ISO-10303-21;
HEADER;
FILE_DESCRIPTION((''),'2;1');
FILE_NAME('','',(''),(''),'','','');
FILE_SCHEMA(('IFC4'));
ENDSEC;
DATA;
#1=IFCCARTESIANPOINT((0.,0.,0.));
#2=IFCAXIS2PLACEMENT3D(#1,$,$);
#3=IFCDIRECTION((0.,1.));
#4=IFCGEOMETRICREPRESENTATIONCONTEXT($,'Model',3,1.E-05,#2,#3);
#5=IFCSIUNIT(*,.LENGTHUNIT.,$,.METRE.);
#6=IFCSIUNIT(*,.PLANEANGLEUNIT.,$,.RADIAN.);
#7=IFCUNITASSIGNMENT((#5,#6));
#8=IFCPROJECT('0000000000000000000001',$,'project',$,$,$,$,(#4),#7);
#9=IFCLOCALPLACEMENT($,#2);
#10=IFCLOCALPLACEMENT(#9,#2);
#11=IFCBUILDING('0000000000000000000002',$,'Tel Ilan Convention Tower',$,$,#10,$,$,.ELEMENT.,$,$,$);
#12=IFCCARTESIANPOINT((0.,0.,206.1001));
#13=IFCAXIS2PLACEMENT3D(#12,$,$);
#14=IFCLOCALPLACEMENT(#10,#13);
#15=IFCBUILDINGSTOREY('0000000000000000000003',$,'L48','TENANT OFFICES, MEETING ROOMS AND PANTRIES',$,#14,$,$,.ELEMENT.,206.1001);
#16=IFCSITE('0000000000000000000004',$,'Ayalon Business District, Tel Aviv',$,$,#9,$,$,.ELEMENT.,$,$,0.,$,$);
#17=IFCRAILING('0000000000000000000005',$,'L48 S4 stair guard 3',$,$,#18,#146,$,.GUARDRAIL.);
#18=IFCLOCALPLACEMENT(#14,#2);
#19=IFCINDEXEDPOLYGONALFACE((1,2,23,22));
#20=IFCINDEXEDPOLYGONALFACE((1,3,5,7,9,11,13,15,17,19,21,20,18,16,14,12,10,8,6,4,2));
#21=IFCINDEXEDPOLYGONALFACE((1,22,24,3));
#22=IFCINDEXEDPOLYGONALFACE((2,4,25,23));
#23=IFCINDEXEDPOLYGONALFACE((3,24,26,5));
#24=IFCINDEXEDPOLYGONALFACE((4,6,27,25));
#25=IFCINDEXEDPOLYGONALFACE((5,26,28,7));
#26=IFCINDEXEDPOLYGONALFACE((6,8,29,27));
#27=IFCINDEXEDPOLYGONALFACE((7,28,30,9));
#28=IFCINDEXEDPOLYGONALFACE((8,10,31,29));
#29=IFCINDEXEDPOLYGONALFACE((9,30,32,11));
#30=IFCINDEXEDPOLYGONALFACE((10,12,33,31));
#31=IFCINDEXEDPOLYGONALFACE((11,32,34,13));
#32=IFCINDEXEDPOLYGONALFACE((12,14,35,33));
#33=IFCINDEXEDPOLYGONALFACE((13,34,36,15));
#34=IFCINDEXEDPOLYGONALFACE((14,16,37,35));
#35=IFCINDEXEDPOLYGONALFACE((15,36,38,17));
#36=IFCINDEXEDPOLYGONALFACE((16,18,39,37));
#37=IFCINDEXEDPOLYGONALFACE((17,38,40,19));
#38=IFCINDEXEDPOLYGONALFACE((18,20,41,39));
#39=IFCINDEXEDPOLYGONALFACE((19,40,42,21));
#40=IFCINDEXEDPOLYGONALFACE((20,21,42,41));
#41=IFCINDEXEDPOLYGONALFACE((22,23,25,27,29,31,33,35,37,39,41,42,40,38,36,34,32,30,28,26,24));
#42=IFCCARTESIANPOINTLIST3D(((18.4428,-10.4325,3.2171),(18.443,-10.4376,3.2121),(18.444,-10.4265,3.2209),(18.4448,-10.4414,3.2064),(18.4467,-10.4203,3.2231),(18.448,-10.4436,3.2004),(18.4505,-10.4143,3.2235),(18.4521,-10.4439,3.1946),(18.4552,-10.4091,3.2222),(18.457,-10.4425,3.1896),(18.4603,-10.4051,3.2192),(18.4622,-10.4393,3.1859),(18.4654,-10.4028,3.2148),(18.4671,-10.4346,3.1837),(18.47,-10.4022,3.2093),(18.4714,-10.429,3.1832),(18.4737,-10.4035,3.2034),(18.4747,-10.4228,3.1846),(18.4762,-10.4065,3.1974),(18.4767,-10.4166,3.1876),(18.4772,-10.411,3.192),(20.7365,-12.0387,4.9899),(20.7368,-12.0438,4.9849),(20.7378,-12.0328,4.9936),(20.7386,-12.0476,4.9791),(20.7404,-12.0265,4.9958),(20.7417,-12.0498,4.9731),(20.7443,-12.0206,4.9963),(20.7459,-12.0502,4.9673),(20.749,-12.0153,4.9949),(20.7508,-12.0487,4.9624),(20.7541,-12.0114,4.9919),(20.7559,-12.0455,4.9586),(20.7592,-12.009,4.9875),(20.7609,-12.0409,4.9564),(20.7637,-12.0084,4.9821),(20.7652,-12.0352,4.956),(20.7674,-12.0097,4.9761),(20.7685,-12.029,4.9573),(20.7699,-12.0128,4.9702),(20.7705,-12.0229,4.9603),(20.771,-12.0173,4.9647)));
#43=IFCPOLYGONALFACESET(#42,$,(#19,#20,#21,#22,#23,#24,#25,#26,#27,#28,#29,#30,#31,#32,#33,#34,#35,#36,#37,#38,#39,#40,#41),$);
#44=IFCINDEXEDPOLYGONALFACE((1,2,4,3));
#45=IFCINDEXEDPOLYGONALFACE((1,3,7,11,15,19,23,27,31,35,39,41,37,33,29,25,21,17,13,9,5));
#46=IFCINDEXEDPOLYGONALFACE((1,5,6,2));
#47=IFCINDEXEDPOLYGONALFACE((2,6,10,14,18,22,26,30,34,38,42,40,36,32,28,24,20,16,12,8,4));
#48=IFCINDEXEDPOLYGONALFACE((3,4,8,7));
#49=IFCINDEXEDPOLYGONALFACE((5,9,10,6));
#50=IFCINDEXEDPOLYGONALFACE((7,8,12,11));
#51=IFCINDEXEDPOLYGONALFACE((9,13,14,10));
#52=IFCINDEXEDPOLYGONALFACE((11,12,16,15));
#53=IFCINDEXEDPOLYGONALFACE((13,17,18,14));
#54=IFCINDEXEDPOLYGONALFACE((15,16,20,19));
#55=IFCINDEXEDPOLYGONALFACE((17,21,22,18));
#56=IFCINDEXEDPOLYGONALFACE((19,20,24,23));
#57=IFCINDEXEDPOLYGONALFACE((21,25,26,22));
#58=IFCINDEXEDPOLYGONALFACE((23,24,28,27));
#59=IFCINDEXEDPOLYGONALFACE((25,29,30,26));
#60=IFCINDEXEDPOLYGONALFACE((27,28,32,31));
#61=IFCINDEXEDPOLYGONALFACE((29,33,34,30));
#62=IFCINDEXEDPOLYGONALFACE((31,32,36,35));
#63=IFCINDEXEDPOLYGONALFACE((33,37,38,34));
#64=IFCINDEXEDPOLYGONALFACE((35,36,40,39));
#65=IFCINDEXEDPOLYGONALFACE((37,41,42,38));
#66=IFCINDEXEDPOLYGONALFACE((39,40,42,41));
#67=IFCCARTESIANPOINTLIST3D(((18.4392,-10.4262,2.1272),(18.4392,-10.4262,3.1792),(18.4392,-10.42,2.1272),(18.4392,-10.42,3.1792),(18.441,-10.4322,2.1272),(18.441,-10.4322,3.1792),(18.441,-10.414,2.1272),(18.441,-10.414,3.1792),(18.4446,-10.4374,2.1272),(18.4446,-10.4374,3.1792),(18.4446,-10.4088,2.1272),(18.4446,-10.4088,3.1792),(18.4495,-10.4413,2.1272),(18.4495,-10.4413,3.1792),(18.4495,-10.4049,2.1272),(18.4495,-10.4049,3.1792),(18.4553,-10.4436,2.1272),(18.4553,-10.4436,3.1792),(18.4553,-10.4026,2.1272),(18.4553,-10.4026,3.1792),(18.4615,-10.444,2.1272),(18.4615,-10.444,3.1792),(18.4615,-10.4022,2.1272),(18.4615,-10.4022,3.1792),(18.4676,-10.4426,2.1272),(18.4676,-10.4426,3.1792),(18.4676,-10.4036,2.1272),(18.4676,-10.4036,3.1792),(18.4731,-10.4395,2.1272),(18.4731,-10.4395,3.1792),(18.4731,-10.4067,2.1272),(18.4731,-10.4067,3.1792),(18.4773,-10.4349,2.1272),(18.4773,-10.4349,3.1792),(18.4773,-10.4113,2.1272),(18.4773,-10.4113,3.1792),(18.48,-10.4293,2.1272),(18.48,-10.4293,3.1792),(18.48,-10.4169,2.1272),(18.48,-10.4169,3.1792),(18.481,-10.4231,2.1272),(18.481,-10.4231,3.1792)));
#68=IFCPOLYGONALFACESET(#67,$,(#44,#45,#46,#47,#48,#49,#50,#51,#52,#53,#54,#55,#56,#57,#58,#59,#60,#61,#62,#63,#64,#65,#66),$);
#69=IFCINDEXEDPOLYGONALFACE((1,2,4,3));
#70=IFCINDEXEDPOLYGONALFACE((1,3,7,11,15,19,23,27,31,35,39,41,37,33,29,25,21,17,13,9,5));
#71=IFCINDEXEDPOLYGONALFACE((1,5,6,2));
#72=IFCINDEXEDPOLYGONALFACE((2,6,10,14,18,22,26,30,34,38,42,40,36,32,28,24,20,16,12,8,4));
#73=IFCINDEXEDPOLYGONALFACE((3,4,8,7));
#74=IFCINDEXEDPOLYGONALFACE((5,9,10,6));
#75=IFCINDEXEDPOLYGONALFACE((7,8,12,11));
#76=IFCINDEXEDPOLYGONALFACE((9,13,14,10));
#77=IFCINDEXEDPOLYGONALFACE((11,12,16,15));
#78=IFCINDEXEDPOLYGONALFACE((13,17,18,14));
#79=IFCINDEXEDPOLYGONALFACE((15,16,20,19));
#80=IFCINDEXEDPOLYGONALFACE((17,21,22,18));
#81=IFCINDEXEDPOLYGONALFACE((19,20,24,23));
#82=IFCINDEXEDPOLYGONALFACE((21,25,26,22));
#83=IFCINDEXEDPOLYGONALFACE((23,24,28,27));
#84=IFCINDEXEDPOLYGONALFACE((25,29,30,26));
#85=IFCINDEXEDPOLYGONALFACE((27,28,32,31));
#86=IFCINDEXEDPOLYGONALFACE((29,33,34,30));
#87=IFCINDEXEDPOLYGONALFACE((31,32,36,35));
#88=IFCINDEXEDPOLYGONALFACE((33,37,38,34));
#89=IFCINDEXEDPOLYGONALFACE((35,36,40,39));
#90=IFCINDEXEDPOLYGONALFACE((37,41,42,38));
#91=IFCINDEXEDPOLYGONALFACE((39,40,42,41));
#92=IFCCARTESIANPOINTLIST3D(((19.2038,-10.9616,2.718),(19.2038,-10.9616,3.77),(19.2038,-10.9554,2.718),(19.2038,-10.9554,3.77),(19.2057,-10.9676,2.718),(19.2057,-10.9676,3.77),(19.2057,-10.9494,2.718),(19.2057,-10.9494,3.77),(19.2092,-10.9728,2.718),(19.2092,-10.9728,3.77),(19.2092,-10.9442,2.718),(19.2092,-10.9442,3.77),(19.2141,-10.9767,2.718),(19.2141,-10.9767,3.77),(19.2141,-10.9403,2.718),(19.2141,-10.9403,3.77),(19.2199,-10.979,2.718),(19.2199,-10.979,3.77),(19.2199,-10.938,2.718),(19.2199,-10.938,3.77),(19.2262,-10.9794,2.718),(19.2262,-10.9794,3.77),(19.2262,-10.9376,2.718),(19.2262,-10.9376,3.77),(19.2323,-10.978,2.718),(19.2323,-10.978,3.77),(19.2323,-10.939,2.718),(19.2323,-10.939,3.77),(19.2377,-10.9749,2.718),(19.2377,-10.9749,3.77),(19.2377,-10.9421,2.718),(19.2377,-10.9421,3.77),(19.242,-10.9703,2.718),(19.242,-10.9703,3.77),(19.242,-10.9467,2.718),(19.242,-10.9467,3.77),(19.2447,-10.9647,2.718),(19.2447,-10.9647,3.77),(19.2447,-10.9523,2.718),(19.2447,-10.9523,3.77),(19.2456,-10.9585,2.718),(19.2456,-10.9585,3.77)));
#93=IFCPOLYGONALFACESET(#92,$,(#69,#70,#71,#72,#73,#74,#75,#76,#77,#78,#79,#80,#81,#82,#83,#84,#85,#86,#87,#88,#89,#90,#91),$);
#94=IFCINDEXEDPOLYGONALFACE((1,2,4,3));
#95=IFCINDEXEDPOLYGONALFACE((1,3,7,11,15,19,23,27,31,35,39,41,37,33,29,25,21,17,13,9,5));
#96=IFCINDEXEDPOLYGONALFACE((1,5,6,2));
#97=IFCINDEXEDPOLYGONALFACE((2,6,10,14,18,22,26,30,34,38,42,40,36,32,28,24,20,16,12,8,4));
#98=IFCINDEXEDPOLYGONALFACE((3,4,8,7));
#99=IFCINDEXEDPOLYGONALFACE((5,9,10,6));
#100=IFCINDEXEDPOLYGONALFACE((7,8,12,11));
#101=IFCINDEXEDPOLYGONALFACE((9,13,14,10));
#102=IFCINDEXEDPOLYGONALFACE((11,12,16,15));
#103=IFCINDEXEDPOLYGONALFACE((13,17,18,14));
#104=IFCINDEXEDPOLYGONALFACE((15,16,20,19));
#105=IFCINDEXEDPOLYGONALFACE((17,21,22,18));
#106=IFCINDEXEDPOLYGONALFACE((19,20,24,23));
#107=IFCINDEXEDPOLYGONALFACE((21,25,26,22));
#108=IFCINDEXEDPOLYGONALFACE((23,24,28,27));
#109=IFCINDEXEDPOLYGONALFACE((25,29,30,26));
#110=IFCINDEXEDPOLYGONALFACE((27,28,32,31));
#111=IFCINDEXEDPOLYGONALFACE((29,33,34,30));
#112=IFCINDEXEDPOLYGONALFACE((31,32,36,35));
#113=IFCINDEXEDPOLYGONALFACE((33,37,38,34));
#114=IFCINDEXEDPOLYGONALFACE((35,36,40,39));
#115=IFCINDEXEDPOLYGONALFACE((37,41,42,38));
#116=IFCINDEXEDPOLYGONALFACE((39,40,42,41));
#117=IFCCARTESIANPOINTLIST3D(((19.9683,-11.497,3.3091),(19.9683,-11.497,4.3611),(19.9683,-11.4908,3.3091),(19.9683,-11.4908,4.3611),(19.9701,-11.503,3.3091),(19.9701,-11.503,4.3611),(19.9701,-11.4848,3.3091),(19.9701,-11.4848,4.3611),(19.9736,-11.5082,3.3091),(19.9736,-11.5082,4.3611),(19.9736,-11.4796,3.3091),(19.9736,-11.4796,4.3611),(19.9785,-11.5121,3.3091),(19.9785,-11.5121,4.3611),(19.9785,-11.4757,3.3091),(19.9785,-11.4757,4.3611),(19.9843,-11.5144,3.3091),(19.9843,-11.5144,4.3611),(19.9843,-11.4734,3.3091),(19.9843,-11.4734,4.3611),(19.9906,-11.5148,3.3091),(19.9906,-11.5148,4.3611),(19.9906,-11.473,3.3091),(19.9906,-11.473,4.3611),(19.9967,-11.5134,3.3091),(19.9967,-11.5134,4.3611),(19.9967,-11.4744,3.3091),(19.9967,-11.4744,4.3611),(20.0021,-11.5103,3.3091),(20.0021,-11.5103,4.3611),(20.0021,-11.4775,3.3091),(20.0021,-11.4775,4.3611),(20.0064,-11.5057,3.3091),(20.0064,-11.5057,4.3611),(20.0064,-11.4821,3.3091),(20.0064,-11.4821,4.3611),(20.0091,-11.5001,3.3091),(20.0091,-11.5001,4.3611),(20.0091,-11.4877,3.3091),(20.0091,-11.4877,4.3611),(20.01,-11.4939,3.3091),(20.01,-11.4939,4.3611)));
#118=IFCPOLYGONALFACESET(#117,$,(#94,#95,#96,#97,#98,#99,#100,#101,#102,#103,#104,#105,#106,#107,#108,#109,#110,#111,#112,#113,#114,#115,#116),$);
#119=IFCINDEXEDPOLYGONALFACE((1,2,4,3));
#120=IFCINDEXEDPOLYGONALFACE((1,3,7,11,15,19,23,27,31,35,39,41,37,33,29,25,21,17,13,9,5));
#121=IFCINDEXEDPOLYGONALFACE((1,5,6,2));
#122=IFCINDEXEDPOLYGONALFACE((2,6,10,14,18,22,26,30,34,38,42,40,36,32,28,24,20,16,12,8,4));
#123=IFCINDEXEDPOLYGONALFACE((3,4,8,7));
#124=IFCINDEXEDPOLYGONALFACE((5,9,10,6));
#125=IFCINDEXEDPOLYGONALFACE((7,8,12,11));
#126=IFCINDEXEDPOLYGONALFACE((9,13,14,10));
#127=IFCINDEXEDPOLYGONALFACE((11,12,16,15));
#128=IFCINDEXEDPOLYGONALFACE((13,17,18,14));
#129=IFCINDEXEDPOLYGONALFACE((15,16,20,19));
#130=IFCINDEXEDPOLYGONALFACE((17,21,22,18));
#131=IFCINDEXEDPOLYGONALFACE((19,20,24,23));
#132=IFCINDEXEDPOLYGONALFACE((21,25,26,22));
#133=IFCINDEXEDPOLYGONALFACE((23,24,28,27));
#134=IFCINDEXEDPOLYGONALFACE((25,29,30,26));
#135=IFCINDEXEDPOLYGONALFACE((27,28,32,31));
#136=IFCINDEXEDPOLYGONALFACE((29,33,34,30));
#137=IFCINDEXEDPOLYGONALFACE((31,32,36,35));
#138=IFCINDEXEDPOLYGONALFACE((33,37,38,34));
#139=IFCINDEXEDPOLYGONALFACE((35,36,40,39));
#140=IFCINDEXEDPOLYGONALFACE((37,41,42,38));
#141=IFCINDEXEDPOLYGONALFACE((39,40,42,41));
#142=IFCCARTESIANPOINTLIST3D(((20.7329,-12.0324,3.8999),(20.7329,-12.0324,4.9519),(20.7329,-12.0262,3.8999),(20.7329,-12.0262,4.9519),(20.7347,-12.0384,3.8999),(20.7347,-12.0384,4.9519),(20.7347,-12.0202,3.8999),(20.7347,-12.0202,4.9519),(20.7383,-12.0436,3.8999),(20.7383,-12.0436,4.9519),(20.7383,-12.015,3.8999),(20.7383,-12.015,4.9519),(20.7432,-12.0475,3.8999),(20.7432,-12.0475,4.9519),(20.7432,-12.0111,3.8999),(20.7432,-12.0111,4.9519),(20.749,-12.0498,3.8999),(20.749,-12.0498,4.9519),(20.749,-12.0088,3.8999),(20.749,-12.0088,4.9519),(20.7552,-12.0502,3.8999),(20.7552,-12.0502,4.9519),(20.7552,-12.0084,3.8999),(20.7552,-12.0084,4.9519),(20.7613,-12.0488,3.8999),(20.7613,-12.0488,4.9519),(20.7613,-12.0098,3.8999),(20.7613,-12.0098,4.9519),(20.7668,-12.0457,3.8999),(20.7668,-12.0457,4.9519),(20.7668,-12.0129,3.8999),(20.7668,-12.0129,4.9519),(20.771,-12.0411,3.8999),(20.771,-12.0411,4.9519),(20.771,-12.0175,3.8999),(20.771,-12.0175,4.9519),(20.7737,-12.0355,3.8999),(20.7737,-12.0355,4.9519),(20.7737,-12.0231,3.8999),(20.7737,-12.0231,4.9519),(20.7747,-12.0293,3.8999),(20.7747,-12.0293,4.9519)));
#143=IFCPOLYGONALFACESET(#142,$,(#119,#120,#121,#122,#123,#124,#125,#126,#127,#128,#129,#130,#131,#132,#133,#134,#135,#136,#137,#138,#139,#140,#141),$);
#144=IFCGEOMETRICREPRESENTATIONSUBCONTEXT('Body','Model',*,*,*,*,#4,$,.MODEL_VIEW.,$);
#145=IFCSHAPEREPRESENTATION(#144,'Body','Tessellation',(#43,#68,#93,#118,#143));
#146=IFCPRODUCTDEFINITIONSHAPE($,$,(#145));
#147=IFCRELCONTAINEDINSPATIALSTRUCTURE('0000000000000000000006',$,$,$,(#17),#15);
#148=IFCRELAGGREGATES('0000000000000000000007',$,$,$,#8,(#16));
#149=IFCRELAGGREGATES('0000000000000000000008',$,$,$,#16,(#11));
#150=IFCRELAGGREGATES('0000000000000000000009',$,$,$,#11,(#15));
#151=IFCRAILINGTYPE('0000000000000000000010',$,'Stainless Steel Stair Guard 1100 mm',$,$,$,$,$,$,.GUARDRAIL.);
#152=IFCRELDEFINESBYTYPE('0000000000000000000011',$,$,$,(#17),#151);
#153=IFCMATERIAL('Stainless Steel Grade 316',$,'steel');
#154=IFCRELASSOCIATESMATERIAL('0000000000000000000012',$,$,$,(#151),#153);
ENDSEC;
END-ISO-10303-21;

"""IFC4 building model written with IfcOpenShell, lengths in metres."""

from ifc_helpers import new_model, si_unit, direction, frame, origin, origin_2d, place, context, subcontext, project, spatial, circle, extrude, material, type_object, element, save


model = new_model("IFC4")

# Units and contexts
model_context = context("Model", 3, precision=1e-05, world=origin(), true_north=direction((0.0, 1.0)))
body_context = subcontext(model_context, "Body", "Model", "MODEL_VIEW")
ifc_project = project(units=[si_unit("LENGTHUNIT", "METRE"), si_unit("PLANEANGLEUNIT", "RADIAN")], contexts=[model_context])

# Site, building, storey
site_placement = place(None, origin())
site = spatial("IfcSite", under=ifc_project, at=site_placement, Name="Ayalon Business District, Tel Aviv", CompositionType="ELEMENT", RefElevation=0.0)
building_placement = place(site_placement, origin())
building = spatial("IfcBuilding", under=site, at=building_placement, Name="Tel Ilan Convention Tower", CompositionType="ELEMENT")
storey_placement = place(building_placement, frame((0.0, 0.0, 206.1001)))
storey = spatial("IfcBuildingStorey", under=building, at=storey_placement, Name="L48", Description="TENANT OFFICES, MEETING ROOMS AND PANTRIES", CompositionType="ELEMENT", Elevation=206.1001)

# Railing
ifc_material_1 = material(Name="Stainless Steel Grade 316", Category="steel")
railing_type_1 = type_object("IfcRailingType", Name="Stainless Steel Stair Guard 1100 mm", PredefinedType="GUARDRAIL", material=ifc_material_1)
railing_1_placement = place(storey_placement, frame((18.46, -10.4231, 2.1272)))
element("IfcRailing", 1, at=railing_1_placement, inside=storey, type_object=railing_type_1, Name="L48 S4 stair guard 3", PredefinedType="GUARDRAIL", context=body_context, shape_type="SweptSolid", body=[
    extrude(circle(Radius=0.0239, at=origin_2d()), frame((0.0, 0.0, 1.0762), z_axis=(0.692098, -0.484653, 0.534894), x_axis=(0.573609, 0.81913, 0.0)), (0.0, 0.0, 1.0), 3.3142),
    extrude(circle(Radius=0.021, at=origin_2d()), origin(), (0.0, 0.0, 1.0), 1.052),
    extrude(circle(Radius=0.021, at=origin_2d()), frame((0.7646, -0.5354, 0.5908)), (0.0, 0.0, 1.0), 1.052),
    extrude(circle(Radius=0.021, at=origin_2d()), frame((1.5291, -1.0708, 1.1819)), (0.0, 0.0, 1.0), 1.052),
    extrude(circle(Radius=0.021, at=origin_2d()), frame((2.2937, -1.6062, 1.7727)), (0.0, 0.0, 1.0), 1.052),
])

save(model, "model.ifc")
